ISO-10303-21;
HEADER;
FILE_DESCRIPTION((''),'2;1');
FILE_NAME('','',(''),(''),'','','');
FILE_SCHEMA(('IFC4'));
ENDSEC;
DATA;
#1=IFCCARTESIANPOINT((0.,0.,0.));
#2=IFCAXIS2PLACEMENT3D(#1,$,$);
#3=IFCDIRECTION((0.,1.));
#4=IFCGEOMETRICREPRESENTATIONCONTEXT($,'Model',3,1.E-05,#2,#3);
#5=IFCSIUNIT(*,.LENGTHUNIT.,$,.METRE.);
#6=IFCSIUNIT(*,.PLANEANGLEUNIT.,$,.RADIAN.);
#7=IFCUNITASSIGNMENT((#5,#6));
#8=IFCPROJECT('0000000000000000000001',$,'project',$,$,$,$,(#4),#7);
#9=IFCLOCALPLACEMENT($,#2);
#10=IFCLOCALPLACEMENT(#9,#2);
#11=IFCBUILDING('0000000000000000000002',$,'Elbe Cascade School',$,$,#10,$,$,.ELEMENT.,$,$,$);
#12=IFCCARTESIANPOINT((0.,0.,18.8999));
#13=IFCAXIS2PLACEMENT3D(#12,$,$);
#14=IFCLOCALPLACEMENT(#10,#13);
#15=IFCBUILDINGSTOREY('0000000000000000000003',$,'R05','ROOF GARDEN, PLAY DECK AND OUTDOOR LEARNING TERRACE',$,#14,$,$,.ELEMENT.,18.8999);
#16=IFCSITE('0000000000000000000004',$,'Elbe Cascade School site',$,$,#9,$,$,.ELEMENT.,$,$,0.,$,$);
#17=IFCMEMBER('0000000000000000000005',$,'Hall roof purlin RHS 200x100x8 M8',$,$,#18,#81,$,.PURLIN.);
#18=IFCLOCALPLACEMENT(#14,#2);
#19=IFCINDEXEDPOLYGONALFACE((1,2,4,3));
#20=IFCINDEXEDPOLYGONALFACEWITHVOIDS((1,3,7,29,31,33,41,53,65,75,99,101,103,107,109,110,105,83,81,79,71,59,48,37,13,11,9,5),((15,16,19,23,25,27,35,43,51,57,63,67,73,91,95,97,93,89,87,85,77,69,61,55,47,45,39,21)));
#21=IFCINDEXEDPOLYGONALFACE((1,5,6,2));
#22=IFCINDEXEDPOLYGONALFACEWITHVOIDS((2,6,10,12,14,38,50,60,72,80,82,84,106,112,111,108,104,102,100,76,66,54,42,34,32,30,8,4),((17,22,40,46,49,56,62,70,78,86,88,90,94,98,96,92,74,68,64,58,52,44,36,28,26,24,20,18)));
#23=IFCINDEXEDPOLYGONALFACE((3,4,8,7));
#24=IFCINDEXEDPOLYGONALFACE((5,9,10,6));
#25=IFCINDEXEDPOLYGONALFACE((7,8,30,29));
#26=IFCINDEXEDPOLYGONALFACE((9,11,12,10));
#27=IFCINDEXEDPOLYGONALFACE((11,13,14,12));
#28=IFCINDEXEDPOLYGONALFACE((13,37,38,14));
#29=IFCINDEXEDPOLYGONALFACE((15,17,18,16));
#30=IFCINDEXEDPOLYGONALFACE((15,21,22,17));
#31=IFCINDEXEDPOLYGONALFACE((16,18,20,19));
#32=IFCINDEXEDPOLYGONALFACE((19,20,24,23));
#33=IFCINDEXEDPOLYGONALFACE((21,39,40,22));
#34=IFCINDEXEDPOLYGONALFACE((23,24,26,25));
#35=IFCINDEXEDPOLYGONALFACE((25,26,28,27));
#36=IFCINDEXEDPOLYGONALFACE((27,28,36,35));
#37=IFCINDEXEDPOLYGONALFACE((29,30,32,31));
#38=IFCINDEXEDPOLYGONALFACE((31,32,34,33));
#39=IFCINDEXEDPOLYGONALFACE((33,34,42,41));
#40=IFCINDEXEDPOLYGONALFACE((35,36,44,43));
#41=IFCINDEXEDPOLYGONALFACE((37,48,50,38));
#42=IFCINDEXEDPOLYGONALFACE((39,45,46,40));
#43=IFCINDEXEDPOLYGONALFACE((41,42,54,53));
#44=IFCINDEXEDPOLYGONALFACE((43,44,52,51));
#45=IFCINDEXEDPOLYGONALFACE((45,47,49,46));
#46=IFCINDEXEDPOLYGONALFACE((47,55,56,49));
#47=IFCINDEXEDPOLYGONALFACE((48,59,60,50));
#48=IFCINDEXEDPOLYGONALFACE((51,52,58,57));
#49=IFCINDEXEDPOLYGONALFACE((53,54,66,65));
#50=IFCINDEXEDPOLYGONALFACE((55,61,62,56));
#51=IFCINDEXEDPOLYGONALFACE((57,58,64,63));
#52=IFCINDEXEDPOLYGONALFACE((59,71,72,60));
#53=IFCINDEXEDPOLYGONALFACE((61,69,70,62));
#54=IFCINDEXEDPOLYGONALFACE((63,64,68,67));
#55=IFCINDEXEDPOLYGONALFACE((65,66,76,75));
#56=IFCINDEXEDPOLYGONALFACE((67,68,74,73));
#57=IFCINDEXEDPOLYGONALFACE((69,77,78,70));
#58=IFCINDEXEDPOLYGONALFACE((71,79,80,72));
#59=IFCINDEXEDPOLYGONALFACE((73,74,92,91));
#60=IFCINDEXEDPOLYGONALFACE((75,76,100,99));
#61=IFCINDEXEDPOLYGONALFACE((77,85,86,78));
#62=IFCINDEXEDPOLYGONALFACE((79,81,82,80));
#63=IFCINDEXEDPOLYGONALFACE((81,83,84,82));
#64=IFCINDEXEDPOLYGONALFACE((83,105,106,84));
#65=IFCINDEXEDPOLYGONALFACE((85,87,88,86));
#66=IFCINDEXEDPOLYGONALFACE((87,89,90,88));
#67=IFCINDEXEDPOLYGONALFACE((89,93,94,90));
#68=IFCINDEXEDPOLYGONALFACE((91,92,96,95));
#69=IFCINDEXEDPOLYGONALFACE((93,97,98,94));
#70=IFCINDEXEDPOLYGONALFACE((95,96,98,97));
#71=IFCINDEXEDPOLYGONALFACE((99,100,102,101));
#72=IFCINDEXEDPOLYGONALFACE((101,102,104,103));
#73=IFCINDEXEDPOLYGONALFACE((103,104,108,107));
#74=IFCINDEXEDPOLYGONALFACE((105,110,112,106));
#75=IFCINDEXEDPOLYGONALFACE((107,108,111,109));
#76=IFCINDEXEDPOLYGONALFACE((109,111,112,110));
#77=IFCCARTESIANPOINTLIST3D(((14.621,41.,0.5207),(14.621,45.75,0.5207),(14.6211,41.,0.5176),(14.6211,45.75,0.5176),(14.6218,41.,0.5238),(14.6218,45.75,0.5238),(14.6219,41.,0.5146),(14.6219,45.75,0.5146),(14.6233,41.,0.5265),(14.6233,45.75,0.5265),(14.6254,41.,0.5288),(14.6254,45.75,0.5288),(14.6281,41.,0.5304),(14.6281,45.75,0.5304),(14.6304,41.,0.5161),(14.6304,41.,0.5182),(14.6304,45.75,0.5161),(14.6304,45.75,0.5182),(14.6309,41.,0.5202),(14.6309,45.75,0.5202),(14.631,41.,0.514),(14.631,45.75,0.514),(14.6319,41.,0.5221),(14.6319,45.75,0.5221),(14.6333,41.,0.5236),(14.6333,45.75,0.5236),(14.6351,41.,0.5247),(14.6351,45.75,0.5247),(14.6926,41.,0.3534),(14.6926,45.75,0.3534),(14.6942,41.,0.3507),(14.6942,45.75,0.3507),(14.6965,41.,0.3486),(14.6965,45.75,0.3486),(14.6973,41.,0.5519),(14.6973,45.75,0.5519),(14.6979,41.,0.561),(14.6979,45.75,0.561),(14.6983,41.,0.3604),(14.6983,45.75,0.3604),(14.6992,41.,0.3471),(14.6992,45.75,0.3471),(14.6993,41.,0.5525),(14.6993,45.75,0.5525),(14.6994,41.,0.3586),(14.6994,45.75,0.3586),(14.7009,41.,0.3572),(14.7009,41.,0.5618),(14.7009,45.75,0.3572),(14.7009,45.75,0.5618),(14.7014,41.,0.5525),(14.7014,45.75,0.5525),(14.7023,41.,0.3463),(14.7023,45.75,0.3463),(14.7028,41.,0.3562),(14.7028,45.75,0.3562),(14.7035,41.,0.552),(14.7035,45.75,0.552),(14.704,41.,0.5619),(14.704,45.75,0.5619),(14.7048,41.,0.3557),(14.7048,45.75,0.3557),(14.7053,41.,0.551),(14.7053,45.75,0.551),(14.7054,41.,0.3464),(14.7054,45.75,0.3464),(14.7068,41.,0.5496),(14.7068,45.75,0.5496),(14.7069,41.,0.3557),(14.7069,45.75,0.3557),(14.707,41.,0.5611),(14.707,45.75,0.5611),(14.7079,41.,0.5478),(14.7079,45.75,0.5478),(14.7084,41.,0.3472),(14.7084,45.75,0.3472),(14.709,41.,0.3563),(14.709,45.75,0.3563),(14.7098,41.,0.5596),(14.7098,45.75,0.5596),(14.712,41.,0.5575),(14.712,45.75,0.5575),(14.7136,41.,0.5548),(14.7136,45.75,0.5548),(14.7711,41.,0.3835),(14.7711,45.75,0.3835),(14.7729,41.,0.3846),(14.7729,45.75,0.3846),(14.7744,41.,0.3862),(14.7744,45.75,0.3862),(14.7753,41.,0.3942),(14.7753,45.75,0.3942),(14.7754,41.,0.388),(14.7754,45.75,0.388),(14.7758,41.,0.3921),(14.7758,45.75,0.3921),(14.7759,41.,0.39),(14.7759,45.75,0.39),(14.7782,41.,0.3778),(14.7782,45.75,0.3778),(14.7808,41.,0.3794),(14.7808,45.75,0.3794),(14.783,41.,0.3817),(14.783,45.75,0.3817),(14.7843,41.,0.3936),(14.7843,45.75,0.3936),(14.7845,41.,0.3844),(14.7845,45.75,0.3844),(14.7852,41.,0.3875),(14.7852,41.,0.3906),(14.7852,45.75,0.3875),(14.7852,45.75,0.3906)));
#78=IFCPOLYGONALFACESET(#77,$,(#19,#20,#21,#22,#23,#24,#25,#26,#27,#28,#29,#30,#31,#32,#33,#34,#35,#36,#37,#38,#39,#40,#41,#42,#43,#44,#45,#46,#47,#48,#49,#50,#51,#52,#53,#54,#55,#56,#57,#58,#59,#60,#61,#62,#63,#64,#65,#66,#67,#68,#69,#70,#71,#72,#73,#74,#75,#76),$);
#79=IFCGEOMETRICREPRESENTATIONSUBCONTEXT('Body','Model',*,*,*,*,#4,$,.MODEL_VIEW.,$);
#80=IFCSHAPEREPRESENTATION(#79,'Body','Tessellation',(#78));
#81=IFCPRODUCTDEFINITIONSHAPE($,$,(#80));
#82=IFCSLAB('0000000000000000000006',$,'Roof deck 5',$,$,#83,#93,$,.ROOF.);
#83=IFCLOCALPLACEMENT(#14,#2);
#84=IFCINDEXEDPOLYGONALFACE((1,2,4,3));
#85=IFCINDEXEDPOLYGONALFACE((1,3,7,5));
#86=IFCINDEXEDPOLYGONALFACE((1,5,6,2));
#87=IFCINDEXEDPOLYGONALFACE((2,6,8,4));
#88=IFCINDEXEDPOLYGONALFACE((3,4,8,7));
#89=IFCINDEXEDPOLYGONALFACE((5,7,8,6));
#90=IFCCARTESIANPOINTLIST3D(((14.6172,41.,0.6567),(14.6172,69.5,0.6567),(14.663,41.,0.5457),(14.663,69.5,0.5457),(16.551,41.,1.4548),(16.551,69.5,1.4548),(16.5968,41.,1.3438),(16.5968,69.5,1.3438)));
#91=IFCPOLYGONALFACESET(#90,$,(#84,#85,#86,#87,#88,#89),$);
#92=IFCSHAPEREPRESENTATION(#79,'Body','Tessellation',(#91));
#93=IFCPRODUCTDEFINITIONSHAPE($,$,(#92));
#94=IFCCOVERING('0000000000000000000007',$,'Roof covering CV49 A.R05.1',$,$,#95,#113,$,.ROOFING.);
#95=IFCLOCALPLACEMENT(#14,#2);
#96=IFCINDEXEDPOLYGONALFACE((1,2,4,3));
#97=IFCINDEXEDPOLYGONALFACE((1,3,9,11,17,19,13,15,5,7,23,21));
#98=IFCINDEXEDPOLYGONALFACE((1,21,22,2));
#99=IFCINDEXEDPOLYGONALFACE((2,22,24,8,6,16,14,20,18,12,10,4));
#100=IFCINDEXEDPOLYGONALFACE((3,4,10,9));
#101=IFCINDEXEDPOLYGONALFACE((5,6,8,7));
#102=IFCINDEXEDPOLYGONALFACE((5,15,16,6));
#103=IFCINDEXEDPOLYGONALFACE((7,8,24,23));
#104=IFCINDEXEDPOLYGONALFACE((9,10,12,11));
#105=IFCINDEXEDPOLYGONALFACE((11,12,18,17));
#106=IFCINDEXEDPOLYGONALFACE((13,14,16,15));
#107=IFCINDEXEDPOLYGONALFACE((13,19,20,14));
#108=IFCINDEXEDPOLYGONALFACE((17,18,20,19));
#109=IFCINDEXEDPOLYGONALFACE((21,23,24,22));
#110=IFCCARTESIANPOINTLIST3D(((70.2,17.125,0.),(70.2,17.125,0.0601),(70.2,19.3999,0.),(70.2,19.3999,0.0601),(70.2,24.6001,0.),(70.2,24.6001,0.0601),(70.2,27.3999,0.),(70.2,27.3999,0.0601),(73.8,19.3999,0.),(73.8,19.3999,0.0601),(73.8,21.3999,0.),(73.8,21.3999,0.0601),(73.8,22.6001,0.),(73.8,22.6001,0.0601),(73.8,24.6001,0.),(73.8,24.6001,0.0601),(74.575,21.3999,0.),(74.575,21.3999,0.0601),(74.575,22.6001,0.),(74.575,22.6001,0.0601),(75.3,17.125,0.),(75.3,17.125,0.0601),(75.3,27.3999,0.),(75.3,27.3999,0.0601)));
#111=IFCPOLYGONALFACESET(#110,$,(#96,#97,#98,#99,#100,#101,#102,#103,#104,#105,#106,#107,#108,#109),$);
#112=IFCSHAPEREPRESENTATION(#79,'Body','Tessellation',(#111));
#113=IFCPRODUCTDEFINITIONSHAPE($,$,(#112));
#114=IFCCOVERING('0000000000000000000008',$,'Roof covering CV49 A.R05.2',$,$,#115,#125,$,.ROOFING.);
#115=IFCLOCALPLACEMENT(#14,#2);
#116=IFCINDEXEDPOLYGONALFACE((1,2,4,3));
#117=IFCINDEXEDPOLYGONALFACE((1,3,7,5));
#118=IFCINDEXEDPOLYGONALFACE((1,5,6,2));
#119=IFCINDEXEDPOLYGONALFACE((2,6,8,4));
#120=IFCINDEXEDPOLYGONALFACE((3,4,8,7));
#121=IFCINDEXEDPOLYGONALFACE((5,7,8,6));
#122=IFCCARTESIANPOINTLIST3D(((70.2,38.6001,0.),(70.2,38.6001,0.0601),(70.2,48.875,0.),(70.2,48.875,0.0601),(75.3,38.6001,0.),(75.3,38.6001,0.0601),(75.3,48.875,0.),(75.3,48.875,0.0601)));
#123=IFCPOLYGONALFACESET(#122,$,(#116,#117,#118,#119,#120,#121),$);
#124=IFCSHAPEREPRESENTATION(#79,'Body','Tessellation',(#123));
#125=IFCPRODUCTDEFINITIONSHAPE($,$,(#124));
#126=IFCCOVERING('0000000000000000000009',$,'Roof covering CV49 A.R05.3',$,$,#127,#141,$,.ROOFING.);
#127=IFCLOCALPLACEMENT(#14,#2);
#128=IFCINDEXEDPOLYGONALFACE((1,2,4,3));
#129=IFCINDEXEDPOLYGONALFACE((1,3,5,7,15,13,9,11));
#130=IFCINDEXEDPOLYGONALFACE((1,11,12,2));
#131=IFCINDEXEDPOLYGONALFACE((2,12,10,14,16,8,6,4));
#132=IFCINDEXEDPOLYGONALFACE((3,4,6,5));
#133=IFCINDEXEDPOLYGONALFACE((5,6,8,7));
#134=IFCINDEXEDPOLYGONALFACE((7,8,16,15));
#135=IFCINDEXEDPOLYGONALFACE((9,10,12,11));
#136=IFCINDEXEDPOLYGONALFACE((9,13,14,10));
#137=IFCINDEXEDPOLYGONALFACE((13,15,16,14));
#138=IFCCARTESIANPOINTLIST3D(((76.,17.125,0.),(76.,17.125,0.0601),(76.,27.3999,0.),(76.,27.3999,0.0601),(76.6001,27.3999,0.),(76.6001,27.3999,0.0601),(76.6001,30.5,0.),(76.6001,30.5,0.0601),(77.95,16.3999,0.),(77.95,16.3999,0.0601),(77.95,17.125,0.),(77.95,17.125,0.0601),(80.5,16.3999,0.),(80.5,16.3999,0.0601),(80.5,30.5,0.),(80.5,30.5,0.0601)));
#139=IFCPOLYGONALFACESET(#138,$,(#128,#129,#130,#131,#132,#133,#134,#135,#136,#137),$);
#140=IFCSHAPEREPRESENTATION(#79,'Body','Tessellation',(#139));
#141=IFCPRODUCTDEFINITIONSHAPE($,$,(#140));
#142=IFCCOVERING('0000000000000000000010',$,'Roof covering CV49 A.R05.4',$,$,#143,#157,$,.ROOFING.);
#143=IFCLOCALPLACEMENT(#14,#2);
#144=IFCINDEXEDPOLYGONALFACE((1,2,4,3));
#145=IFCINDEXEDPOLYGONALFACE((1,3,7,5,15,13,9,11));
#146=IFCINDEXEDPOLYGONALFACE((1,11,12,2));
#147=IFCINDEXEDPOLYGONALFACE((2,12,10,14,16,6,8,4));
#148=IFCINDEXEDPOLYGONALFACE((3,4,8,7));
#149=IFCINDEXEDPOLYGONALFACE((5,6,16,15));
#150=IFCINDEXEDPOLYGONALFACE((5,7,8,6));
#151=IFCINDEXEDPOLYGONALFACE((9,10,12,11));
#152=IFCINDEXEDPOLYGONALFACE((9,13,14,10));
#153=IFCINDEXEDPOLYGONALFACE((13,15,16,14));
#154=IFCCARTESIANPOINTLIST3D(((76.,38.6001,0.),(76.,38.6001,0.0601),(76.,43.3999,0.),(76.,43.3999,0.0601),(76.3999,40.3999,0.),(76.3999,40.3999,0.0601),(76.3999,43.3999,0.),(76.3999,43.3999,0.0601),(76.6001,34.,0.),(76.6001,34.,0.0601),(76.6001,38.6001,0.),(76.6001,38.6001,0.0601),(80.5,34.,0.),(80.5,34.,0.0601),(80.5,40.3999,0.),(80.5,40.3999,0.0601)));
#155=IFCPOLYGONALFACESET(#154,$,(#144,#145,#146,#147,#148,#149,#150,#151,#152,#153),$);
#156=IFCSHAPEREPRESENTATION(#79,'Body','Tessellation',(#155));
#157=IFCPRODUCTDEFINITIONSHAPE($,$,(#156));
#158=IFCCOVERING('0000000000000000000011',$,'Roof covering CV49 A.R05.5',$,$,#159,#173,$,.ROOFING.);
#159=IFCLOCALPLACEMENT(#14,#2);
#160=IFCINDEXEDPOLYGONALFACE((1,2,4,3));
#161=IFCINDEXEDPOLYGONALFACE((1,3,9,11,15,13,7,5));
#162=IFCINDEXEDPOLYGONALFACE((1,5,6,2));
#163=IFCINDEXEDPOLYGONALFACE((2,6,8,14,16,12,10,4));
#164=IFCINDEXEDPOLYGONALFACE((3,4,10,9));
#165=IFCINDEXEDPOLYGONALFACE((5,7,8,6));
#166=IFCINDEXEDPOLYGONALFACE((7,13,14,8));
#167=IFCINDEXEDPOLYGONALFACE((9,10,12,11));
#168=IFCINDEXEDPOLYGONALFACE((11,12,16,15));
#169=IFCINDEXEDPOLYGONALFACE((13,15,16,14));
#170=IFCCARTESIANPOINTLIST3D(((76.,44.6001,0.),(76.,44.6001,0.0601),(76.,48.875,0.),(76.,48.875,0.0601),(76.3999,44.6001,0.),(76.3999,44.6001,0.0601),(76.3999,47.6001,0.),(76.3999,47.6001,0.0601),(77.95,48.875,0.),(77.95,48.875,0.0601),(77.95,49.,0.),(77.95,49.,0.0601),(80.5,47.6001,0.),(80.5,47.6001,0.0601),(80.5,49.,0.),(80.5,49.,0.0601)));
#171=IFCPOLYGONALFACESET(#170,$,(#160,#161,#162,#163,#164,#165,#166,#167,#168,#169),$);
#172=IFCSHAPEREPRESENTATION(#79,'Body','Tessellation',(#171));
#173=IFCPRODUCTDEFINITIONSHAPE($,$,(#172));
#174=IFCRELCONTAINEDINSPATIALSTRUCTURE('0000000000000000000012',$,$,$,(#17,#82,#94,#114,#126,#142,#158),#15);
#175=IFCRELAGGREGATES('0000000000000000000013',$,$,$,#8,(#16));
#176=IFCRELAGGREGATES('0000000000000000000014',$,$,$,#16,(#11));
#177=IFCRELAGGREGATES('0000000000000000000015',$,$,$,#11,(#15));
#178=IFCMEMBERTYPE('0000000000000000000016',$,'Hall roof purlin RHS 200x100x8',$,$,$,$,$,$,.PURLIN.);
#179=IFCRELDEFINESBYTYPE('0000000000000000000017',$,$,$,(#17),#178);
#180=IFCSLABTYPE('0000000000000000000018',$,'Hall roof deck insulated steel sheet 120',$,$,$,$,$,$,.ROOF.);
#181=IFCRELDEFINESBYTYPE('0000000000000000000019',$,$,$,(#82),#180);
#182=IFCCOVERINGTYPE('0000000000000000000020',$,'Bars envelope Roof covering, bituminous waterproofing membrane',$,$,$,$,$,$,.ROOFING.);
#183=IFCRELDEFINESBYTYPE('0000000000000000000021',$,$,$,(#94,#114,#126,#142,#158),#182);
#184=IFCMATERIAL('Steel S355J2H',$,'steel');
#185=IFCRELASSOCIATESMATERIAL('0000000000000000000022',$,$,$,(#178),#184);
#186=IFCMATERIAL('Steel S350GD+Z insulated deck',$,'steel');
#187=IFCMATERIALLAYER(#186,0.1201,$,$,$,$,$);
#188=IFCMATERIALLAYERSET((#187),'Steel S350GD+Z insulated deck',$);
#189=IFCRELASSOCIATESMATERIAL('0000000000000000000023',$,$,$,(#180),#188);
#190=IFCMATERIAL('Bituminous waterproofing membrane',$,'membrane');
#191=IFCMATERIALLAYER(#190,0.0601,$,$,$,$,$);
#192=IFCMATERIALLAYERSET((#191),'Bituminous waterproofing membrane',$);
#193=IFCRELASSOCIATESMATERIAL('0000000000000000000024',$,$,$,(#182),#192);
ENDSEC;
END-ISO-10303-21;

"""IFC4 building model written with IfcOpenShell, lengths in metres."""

from ifc_helpers import new_model, si_unit, direction, frame, origin, origin_2d, place, context, subcontext, project, spatial, polyline, hollow_rectangle, outline, extrude, material, layer, layer_set, material_profile, profile_set, type_object, element, save


model = new_model("IFC4")

# Units and contexts
model_context = context("Model", 3, precision=1e-05, world=origin(), true_north=direction((0.0, 1.0)))
body_context = subcontext(model_context, "Body", "Model", "MODEL_VIEW")
ifc_project = project(units=[si_unit("LENGTHUNIT", "METRE"), si_unit("PLANEANGLEUNIT", "RADIAN")], contexts=[model_context])

# Site, building, storey
site_placement = place(None, origin())
site = spatial("IfcSite", under=ifc_project, at=site_placement, Name="Elbe Cascade School site", CompositionType="ELEMENT", RefElevation=0.0)
building_placement = place(site_placement, origin())
building = spatial("IfcBuilding", under=site, at=building_placement, Name="Elbe Cascade School", CompositionType="ELEMENT")
storey_placement = place(building_placement, frame((0.0, 0.0, 18.8999)))
storey = spatial("IfcBuildingStorey", under=building, at=storey_placement, Name="R05", Description="ROOF GARDEN, PLAY DECK AND OUTDOOR LEARNING TERRACE", CompositionType="ELEMENT", Elevation=18.8999)

# Member
ifc_material_1 = material(Name="Steel S355J2H", Category="steel")
ifc_material_profile = material_profile(ifc_material_1, hollow_rectangle(XDim=0.1001, YDim=0.2, WallThickness=0.0081, InnerFilletRadius=0.0081, OuterFilletRadius=0.012, at=origin_2d()), Name="RHS 200x100x8")
ifc_profile_set = profile_set([ifc_material_profile], Name="Steel S355J2H")
member_type = type_object("IfcMemberType", Name="Hall roof purlin RHS 200x100x8", PredefinedType="PURLIN", material=ifc_profile_set)
member_placement = place(storey_placement, frame((14.7031, 41.0, 0.4541), z_axis=(0.0, 1.0, 0.0), x_axis=(-0.91584, 0.0, -0.401544)))
element("IfcMember", 1, at=member_placement, inside=storey, type_object=member_type, Name="Hall roof purlin RHS 200x100x8 M8", PredefinedType="PURLIN", context=body_context, shape_type="SweptSolid", body=[
    extrude(hollow_rectangle(XDim=0.1001, YDim=0.2, WallThickness=0.0081, InnerFilletRadius=0.0081, OuterFilletRadius=0.012, at=origin_2d()), origin(), (0.0, 0.0, 1.0), 4.75),
])

# Slab
ifc_material_2 = material(Name="Steel S350GD+Z insulated deck", Category="steel")
ifc_layer_1 = layer(ifc_material_2, 0.1201)
ifc_layer_set_1 = layer_set([ifc_layer_1], Name="Steel S350GD+Z insulated deck")
slab_type = type_object("IfcSlabType", Name="Hall roof deck insulated steel sheet 120", PredefinedType="ROOF", material=ifc_layer_set_1)
slab_placement = place(storey_placement, frame((14.6172, 41.0, 0.6567), z_axis=(-0.381489, 0.0, 0.924373), x_axis=(0.924373, 0.0, 0.381489)))
element("IfcSlab", 2, at=slab_placement, inside=storey, type_object=slab_type, Name="Roof deck 5", PredefinedType="ROOF", context=body_context, shape_type="SweptSolid", body=[
    extrude(outline(polyline([(0.0, 0.0), (2.0921, 0.0), (2.0921, 28.5), (0.0, 28.5), (0.0, 0.0)])), origin(), (0.0, 0.0, -1.0), 0.1201),
])

# Coverings
ifc_material_3 = material(Name="Bituminous waterproofing membrane", Category="membrane")
ifc_layer_2 = layer(ifc_material_3, 0.0601)
ifc_layer_set_2 = layer_set([ifc_layer_2], Name="Bituminous waterproofing membrane")
covering_type_1 = type_object("IfcCoveringType", Name="Bars envelope Roof covering, bituminous waterproofing membrane", PredefinedType="ROOFING", material=ifc_layer_set_2)
covering_1_placement = place(storey_placement, origin())
element("IfcCovering", 3, at=covering_1_placement, inside=storey, type_object=covering_type_1, Name="Roof covering CV49 A.R05.1", PredefinedType="ROOFING", context=body_context, shape_type="SweptSolid", body=[
    extrude(outline(polyline([(70.2, 17.125), (70.2, 19.3999), (73.8, 19.3999), (73.8, 21.3999), (74.575, 21.3999), (74.575, 22.6001), (73.8, 22.6001), (73.8, 24.6001), (70.2, 24.6001), (70.2, 27.3999), (75.3, 27.3999), (75.3, 17.125), (70.2, 17.125)])), origin(), (0.0, 0.0, 1.0), 0.0601),
])
covering_2_placement = place(storey_placement, origin())
element("IfcCovering", 4, at=covering_2_placement, inside=storey, type_object=covering_type_1, Name="Roof covering CV49 A.R05.2", PredefinedType="ROOFING", context=body_context, shape_type="SweptSolid", body=[
    extrude(outline(polyline([(70.2, 48.875), (75.3, 48.875), (75.3, 38.6001), (70.2, 38.6001), (70.2, 48.875)])), origin(), (0.0, 0.0, 1.0), 0.0601),
])
covering_3_placement = place(storey_placement, origin())
element("IfcCovering", 5, at=covering_3_placement, inside=storey, type_object=covering_type_1, Name="Roof covering CV49 A.R05.3", PredefinedType="ROOFING", context=body_context, shape_type="SweptSolid", body=[
    extrude(outline(polyline([(77.95, 17.125), (76.0, 17.125), (76.0, 27.3999), (76.6001, 27.3999), (76.6001, 30.5), (80.5, 30.5), (80.5, 16.3999), (77.95, 16.3999), (77.95, 17.125)])), origin(), (0.0, 0.0, 1.0), 0.0601),
])
covering_4_placement = place(storey_placement, origin())
element("IfcCovering", 6, at=covering_4_placement, inside=storey, type_object=covering_type_1, Name="Roof covering CV49 A.R05.4", PredefinedType="ROOFING", context=body_context, shape_type="SweptSolid", body=[
    extrude(outline(polyline([(76.6001, 38.6001), (76.0, 38.6001), (76.0, 43.3999), (76.3999, 43.3999), (76.3999, 40.3999), (80.5, 40.3999), (80.5, 34.0), (76.6001, 34.0), (76.6001, 38.6001)])), origin(), (0.0, 0.0, 1.0), 0.0601),
])
covering_5_placement = place(storey_placement, origin())
element("IfcCovering", 7, at=covering_5_placement, inside=storey, type_object=covering_type_1, Name="Roof covering CV49 A.R05.5", PredefinedType="ROOFING", context=body_context, shape_type="SweptSolid", body=[
    extrude(outline(polyline([(80.5, 47.6001), (76.3999, 47.6001), (76.3999, 44.6001), (76.0, 44.6001), (76.0, 48.875), (77.95, 48.875), (77.95, 49.0), (80.5, 49.0), (80.5, 47.6001)])), origin(), (0.0, 0.0, 1.0), 0.0601),
])

save(model, "model.ifc")
